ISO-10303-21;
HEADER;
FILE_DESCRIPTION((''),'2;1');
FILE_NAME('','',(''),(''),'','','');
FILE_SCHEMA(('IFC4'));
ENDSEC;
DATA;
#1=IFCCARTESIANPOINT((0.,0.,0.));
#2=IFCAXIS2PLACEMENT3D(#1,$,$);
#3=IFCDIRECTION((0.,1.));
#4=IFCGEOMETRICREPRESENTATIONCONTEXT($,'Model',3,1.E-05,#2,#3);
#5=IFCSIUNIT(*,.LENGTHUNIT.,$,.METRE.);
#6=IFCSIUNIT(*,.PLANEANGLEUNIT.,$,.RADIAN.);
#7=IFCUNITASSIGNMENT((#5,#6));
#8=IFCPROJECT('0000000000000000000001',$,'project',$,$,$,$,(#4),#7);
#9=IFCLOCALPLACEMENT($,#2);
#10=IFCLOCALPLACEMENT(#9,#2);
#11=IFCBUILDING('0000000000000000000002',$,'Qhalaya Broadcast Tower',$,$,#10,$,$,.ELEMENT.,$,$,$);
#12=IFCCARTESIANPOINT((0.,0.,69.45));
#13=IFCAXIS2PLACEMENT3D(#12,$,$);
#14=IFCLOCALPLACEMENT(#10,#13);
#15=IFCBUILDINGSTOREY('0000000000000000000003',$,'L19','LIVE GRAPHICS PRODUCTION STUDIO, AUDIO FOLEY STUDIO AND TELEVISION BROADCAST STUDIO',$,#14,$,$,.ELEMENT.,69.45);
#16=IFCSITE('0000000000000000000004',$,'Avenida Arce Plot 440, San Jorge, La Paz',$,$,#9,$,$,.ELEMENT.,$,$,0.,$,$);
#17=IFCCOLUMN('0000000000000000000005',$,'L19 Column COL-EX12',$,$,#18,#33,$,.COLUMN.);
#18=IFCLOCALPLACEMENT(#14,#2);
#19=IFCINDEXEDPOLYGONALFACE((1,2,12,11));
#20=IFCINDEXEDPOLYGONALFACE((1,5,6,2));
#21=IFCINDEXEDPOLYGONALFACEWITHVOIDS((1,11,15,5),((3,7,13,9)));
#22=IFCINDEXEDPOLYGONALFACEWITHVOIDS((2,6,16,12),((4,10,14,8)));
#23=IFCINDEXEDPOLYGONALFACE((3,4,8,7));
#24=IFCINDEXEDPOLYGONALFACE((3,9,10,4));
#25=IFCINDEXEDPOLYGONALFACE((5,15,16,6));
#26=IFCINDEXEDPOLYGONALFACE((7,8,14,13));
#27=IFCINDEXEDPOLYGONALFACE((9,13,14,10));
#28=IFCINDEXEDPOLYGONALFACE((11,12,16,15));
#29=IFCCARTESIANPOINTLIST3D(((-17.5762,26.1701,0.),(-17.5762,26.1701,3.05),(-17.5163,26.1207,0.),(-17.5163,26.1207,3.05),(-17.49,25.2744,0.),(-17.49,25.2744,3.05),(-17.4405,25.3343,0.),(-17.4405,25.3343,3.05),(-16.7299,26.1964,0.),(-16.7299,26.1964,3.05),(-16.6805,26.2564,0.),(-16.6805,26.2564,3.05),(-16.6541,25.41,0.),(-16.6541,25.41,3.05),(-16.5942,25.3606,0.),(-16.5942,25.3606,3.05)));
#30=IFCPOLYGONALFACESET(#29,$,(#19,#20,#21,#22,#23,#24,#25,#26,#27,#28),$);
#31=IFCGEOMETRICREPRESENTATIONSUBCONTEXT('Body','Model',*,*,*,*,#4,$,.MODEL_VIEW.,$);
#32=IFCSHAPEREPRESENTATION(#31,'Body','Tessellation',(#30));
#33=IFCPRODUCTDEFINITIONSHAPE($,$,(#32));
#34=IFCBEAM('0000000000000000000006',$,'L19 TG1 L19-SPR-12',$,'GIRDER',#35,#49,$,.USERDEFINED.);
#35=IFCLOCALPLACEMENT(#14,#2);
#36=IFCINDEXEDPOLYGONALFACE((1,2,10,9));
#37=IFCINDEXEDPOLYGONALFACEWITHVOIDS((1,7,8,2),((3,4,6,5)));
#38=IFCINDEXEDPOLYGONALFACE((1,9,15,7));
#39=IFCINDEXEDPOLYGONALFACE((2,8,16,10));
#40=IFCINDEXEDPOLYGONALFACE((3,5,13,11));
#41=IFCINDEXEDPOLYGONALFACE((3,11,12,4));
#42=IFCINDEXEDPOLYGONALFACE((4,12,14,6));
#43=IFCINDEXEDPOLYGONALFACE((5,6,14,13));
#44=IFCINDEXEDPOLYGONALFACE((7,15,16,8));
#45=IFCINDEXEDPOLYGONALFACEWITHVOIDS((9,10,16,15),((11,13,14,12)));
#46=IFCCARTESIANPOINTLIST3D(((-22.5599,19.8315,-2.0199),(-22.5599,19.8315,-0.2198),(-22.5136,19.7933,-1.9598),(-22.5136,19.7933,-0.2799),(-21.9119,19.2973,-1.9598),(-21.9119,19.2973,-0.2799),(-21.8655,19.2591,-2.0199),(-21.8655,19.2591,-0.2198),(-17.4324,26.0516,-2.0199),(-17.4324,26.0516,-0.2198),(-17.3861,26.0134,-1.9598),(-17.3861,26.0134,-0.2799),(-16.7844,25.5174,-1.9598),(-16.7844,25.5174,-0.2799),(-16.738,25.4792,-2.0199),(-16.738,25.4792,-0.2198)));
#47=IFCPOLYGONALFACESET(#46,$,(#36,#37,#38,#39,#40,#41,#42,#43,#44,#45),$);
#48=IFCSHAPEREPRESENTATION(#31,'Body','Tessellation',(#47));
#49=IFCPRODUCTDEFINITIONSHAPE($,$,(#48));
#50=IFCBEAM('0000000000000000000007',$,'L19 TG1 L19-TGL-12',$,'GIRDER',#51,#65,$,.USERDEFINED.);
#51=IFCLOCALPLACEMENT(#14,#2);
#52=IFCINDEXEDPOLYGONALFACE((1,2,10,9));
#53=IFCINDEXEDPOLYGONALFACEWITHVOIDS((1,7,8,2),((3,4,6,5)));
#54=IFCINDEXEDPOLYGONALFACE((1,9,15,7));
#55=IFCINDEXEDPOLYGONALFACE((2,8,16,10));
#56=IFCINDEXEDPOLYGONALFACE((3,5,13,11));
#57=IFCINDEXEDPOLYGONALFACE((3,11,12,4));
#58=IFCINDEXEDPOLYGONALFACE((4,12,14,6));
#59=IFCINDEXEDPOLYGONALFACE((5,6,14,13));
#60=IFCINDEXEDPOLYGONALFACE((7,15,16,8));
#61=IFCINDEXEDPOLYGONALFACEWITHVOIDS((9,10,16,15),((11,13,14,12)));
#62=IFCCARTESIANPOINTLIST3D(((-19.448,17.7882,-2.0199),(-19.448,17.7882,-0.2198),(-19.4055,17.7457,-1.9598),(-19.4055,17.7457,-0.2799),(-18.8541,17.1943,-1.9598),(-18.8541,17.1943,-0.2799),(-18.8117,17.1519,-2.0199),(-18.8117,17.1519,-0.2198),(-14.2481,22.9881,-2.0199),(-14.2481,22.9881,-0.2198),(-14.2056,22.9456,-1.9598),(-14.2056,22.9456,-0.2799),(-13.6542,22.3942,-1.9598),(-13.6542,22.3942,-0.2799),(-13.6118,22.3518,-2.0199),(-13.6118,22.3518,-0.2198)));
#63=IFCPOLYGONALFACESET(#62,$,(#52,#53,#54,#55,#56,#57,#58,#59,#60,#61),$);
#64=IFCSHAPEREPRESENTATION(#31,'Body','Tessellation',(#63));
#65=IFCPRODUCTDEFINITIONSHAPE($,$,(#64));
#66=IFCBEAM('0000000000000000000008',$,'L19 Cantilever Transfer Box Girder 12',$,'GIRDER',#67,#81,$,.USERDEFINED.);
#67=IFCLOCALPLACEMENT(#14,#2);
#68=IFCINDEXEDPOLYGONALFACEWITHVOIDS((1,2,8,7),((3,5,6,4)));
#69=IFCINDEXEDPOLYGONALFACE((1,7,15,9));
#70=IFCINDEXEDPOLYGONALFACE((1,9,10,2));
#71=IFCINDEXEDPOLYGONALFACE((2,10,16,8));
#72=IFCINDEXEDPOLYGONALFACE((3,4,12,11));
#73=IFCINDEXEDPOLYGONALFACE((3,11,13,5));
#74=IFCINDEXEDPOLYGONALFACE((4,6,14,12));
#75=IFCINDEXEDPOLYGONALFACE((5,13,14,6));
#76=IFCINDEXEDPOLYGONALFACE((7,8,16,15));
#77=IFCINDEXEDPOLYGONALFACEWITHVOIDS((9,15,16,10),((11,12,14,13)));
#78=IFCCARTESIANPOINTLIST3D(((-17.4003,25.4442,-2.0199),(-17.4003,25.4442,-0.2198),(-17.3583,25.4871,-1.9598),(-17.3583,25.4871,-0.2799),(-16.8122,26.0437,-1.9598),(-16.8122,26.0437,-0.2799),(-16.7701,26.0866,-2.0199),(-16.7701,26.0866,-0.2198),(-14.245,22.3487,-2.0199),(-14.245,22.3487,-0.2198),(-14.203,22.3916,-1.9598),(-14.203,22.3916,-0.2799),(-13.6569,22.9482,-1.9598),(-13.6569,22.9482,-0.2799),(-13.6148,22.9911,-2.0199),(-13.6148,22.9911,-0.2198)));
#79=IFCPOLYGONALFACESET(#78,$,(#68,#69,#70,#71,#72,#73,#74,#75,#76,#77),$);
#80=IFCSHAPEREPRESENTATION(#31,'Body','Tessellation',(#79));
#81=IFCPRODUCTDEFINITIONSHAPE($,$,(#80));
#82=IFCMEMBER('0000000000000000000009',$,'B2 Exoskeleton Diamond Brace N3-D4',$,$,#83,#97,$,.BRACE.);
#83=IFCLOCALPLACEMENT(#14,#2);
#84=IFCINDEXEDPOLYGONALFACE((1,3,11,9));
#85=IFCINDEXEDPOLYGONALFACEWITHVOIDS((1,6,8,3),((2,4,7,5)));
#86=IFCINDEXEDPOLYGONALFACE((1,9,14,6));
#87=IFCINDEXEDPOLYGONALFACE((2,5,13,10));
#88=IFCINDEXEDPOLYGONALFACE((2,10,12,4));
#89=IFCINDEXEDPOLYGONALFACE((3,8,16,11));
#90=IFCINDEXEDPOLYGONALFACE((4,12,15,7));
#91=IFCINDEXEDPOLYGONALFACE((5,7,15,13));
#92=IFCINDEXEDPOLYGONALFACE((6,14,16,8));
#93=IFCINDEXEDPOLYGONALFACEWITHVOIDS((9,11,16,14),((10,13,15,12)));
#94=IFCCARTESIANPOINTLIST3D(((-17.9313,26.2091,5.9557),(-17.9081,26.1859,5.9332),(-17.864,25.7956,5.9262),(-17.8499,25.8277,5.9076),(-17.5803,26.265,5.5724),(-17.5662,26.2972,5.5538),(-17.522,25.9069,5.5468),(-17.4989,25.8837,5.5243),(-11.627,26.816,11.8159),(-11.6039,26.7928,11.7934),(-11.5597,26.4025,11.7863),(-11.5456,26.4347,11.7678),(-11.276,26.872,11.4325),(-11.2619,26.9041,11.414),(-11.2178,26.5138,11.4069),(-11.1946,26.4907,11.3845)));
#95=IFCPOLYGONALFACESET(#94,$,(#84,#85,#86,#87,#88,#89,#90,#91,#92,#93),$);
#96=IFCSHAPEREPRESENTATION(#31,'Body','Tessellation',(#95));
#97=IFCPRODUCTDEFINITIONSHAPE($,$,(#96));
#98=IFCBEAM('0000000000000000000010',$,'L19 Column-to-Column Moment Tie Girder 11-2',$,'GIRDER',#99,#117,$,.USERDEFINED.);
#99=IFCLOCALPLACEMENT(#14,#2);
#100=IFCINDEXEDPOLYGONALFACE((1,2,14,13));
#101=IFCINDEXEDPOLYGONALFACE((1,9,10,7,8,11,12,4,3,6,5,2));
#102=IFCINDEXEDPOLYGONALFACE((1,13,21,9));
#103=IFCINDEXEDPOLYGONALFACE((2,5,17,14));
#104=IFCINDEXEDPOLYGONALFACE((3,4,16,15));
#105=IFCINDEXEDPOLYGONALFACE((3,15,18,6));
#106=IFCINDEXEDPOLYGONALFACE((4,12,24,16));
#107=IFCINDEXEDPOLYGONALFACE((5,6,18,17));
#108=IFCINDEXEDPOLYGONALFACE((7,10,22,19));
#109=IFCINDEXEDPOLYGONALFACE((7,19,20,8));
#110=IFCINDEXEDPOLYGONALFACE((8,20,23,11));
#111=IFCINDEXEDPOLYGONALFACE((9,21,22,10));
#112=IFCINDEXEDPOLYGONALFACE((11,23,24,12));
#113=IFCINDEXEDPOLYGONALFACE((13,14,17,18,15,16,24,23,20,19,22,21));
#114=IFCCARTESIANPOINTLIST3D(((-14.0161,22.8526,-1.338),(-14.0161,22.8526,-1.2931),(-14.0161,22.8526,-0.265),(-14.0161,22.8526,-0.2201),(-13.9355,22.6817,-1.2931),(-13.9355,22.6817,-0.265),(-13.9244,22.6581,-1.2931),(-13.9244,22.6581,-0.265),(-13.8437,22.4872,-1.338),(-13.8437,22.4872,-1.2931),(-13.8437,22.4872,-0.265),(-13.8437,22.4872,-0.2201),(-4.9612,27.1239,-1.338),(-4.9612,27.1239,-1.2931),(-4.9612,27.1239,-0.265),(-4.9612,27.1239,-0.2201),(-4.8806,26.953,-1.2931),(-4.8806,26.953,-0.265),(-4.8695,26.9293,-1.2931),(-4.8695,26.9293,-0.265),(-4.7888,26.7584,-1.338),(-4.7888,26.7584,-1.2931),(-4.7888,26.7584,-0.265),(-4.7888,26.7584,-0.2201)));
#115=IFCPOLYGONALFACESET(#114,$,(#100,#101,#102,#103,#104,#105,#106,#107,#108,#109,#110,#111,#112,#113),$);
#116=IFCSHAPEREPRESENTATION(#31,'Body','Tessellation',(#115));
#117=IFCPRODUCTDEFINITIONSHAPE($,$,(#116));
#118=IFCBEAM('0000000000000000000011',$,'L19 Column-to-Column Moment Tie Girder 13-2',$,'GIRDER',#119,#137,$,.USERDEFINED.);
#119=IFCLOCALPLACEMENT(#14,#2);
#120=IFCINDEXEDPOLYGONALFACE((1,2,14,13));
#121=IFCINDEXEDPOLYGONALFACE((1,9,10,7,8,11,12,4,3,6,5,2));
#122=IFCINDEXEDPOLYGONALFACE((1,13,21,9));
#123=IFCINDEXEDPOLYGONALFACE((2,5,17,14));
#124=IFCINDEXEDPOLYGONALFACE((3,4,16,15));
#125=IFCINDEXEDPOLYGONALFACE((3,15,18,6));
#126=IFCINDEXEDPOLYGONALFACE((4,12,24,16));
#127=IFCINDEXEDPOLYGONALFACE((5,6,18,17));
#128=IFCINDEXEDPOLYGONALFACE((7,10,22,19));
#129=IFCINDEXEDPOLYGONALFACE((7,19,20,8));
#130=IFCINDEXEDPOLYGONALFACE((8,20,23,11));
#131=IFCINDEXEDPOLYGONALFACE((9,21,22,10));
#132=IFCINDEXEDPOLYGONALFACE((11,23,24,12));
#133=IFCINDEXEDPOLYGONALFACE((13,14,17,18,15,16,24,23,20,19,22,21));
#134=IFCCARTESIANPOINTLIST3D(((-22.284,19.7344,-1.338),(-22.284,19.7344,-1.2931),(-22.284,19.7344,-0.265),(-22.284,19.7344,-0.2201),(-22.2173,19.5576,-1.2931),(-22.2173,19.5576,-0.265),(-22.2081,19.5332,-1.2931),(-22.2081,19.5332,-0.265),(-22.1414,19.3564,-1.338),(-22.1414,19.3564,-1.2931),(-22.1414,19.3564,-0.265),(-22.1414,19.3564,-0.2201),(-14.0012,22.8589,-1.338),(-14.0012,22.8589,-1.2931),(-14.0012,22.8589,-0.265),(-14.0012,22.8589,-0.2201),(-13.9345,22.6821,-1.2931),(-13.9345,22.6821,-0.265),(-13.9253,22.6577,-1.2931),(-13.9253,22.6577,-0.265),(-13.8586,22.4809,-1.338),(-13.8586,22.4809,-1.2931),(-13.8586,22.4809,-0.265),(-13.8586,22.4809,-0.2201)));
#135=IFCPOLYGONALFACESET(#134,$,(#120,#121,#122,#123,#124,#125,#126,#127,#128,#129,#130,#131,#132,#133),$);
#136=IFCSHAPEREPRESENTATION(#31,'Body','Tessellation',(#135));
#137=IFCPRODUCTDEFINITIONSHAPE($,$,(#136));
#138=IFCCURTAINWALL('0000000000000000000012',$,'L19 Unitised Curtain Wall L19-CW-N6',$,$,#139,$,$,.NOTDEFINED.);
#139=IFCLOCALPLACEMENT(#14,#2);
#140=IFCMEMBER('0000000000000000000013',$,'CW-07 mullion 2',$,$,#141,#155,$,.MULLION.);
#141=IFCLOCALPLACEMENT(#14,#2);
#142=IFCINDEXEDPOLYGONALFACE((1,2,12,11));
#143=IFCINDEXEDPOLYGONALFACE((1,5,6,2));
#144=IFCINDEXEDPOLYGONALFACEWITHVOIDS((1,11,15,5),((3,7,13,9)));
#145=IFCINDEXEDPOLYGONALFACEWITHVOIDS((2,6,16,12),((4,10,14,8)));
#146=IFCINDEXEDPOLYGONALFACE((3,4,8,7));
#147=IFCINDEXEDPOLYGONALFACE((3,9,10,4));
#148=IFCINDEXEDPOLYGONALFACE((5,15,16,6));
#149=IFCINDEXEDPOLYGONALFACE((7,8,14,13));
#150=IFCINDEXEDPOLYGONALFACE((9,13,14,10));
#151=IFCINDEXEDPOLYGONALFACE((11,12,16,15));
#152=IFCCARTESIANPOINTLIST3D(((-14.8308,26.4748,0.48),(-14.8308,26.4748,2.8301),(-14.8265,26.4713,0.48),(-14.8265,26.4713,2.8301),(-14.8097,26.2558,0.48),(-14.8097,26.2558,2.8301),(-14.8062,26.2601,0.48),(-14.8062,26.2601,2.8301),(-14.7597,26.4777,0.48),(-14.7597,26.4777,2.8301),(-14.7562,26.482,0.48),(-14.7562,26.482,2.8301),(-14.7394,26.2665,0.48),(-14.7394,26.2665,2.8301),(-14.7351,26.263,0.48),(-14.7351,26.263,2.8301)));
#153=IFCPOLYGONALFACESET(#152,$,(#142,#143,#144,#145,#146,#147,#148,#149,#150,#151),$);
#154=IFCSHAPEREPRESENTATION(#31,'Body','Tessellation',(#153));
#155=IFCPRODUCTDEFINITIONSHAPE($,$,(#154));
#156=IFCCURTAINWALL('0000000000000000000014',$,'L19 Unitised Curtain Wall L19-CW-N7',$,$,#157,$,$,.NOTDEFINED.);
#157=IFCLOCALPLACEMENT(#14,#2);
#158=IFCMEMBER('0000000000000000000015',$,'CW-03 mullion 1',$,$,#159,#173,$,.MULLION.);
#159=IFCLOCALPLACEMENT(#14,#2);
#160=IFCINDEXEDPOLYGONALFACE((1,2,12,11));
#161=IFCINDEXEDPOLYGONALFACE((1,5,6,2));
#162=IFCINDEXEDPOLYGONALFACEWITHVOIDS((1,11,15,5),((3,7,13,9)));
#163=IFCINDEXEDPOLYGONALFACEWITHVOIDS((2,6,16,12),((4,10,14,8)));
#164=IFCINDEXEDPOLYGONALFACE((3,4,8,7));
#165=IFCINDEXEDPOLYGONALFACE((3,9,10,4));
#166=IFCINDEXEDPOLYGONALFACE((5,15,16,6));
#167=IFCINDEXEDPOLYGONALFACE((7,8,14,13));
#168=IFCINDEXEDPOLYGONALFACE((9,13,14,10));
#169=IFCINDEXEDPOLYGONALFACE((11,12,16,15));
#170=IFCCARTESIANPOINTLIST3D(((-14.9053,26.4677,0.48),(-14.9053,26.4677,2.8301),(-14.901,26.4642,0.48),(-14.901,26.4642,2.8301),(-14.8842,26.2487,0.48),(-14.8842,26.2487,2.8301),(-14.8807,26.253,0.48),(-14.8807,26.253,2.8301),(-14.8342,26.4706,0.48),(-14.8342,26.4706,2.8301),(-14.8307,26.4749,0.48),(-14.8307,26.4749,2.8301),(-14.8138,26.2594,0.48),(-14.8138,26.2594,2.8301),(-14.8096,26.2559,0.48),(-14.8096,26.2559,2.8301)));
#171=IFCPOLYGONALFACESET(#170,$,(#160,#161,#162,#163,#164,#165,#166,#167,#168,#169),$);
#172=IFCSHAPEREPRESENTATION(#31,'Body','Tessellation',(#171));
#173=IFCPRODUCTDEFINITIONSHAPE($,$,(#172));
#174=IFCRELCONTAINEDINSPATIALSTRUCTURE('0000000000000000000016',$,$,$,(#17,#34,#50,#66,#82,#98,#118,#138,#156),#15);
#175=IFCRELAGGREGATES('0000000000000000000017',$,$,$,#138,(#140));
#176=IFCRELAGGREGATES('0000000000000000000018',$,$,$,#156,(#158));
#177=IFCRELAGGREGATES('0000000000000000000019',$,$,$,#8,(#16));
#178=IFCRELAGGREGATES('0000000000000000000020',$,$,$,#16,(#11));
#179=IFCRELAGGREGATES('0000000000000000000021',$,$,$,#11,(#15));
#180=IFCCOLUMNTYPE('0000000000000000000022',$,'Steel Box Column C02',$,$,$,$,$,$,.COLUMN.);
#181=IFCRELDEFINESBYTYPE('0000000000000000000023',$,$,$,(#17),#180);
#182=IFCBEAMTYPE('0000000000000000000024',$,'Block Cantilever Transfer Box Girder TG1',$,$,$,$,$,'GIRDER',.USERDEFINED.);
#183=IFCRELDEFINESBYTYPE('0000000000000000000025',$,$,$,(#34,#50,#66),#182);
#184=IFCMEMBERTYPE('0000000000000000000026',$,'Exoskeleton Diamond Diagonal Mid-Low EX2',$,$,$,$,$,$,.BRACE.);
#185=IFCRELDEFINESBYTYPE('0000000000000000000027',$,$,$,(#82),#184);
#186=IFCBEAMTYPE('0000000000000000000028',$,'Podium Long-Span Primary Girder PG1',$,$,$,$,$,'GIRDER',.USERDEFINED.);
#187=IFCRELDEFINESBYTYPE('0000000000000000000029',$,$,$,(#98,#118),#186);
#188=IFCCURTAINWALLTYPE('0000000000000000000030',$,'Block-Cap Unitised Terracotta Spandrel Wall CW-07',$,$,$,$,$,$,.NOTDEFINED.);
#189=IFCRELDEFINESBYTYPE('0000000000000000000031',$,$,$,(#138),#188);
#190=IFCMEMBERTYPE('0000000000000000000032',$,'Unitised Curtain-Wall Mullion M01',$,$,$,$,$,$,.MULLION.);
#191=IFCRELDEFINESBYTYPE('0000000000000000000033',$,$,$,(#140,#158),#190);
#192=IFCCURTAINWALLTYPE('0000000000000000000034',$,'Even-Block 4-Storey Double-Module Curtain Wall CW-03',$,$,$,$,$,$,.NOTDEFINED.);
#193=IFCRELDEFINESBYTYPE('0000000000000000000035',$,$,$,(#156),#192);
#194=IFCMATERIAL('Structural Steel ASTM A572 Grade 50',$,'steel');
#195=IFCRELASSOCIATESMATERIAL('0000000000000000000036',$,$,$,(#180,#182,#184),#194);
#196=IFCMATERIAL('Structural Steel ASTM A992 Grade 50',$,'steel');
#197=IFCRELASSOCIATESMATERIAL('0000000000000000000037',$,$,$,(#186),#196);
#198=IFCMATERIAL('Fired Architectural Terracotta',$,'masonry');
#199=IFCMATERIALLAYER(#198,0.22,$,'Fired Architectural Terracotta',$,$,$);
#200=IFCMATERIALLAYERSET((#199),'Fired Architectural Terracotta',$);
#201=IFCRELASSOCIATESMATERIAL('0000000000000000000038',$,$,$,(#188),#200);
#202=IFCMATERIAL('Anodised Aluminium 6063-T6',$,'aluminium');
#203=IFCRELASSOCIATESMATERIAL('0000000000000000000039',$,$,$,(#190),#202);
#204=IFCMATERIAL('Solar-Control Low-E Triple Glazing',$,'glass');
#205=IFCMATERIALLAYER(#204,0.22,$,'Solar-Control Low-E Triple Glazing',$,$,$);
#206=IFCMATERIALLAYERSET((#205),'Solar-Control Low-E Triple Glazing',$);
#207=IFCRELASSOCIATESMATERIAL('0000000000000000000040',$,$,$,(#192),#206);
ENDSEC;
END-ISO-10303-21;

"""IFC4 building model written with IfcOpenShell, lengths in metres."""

from ifc_helpers import new_model, si_unit, direction, frame, origin, origin_2d, place, context, subcontext, project, spatial, hollow_rectangle, i_section, extrude, material, layer, layer_set, material_profile, profile_set, type_object, element, aggregate, save


model = new_model("IFC4")

# Units and contexts
model_context = context("Model", 3, precision=1e-05, world=origin(), true_north=direction((0.0, 1.0)))
body_context = subcontext(model_context, "Body", "Model", "MODEL_VIEW")
ifc_project = project(units=[si_unit("LENGTHUNIT", "METRE"), si_unit("PLANEANGLEUNIT", "RADIAN")], contexts=[model_context])

# Site, building, storey
site_placement = place(None, origin())
site = spatial("IfcSite", under=ifc_project, at=site_placement, Name="Avenida Arce Plot 440, San Jorge, La Paz", CompositionType="ELEMENT", RefElevation=0.0)
building_placement = place(site_placement, origin())
building = spatial("IfcBuilding", under=site, at=building_placement, Name="Qhalaya Broadcast Tower", CompositionType="ELEMENT")
storey_placement = place(building_placement, frame((0.0, 0.0, 69.45)))
storey = spatial("IfcBuildingStorey", under=building, at=storey_placement, Name="L19", Description="LIVE GRAPHICS PRODUCTION STUDIO, AUDIO FOLEY STUDIO AND TELEVISION BROADCAST STUDIO", CompositionType="ELEMENT", Elevation=69.45)

# Column
ifc_material_1 = material(Name="Structural Steel ASTM A572 Grade 50", Category="steel")
ifc_material_profile_1 = material_profile(ifc_material_1, hollow_rectangle(XDim=0.8999, YDim=0.8999, WallThickness=0.0549, at=origin_2d()), Name="BOX 900x900x55")
ifc_profile_set_1 = profile_set([ifc_material_profile_1], Name="Structural Steel ASTM A572 Grade 50")
column_type = type_object("IfcColumnType", Name="Steel Box Column C02", PredefinedType="COLUMN", material=ifc_profile_set_1)
column_placement = place(storey_placement, frame((-17.0852, 25.7654, 0.0), z_axis=(0.0, 0.0, 1.0), x_axis=(0.995396, 0.095846, 0.0)))
element("IfcColumn", 1, at=column_placement, inside=storey, type_object=column_type, Name="L19 Column COL-EX12", PredefinedType="COLUMN", context=body_context, shape_type="SweptSolid", body=[
    extrude(hollow_rectangle(XDim=0.8999, YDim=0.8999, WallThickness=0.0549, at=origin_2d()), origin(), (0.0, 0.0, 1.0), 3.05),
])

# Beams
ifc_material_profile_2 = material_profile(ifc_material_1, hollow_rectangle(XDim=0.8999, YDim=1.8, WallThickness=0.0601, at=origin_2d()), Name="BOX 900x1800x60")
ifc_profile_set_2 = profile_set([ifc_material_profile_2], Name="Structural Steel ASTM A572 Grade 50")
beam_type_1 = type_object("IfcBeamType", Name="Block Cantilever Transfer Box Girder TG1", ElementType="GIRDER", PredefinedType="USERDEFINED", material=ifc_profile_set_2)
beam_1_placement = place(storey_placement, frame((-17.0852, 25.7654, -1.1199), z_axis=(-0.636085, -0.771619, 0.0), x_axis=(0.771619, -0.636085, 0.0)))
element("IfcBeam", 2, at=beam_1_placement, inside=storey, type_object=beam_type_1, Name="L19 TG1 L19-SPR-12", ObjectType="GIRDER", PredefinedType="USERDEFINED", context=body_context, shape_type="SweptSolid", body=[
    extrude(hollow_rectangle(XDim=0.8999, YDim=1.8, WallThickness=0.0601, at=origin_2d()), origin(), (0.0, 0.0, 1.0), 8.061),
])
beam_2_placement = place(storey_placement, frame((-13.9299, 22.6699, -1.1199), z_axis=(-0.707107, -0.707107, 0.0), x_axis=(0.707107, -0.707107, 0.0)))
element("IfcBeam", 3, at=beam_2_placement, inside=storey, type_object=beam_type_1, Name="L19 TG1 L19-TGL-12", ObjectType="GIRDER", PredefinedType="USERDEFINED", context=body_context, shape_type="SweptSolid", body=[
    extrude(hollow_rectangle(XDim=0.8999, YDim=1.8, WallThickness=0.0601, at=origin_2d()), origin(), (0.0, 0.0, 1.0), 7.3538),
])
beam_3_placement = place(storey_placement, frame((-13.9299, 22.6699, -1.1199), z_axis=(-0.713841, 0.700308, 0.0), x_axis=(-0.700308, -0.713841, 0.0)))
element("IfcBeam", 4, at=beam_3_placement, inside=storey, type_object=beam_type_1, Name="L19 Cantilever Transfer Box Girder 12", ObjectType="GIRDER", PredefinedType="USERDEFINED", context=body_context, shape_type="SweptSolid", body=[
    extrude(hollow_rectangle(XDim=0.8999, YDim=1.8, WallThickness=0.0601, at=origin_2d()), origin(), (0.0, 0.0, 1.0), 4.4202),
])

# Member
ifc_material_profile_3 = material_profile(ifc_material_1, hollow_rectangle(XDim=0.4199, YDim=0.55, WallThickness=0.0281, at=origin_2d()), Name="BOX 420x550x28")
ifc_profile_set_3 = profile_set([ifc_material_profile_3], Name="Structural Steel ASTM A572 Grade 50")
member_type_1 = type_object("IfcMemberType", Name="Exoskeleton Diamond Diagonal Mid-Low EX2", PredefinedType="BRACE", material=ifc_profile_set_3)
member_1_placement = place(storey_placement, frame((-17.7151, 26.0464, 5.74), z_axis=(0.73062, 0.07034, 0.679152), x_axis=(-0.160184, 0.984577, 0.070351)))
element("IfcMember", 5, at=member_1_placement, inside=storey, type_object=member_type_1, Name="B2 Exoskeleton Diamond Brace N3-D4", PredefinedType="BRACE", context=body_context, shape_type="SweptSolid", body=[
    extrude(hollow_rectangle(XDim=0.4199, YDim=0.55, WallThickness=0.0281, at=origin_2d()), origin(), (0.0, 0.0, 1.0), 8.6287),
])

# Beams
ifc_material_2 = material(Name="Structural Steel ASTM A992 Grade 50", Category="steel")
ifc_material_profile_4 = material_profile(ifc_material_2, i_section(OverallWidth=0.4041, OverallDepth=1.1179, WebThickness=0.0261, FlangeThickness=0.0449, at=origin_2d()), Name="W44X335")
ifc_profile_set_4 = profile_set([ifc_material_profile_4], Name="Structural Steel ASTM A992 Grade 50")
beam_type_2 = type_object("IfcBeamType", Name="Podium Long-Span Primary Girder PG1", ElementType="GIRDER", PredefinedType="USERDEFINED", material=ifc_profile_set_4)
beam_4_placement = place(storey_placement, frame((-13.9299, 22.6699, -0.7791), z_axis=(0.90443, 0.426622, 0.0), x_axis=(-0.426622, 0.90443, 0.0)))
element("IfcBeam", 6, at=beam_4_placement, inside=storey, type_object=beam_type_2, Name="L19 Column-to-Column Moment Tie Girder 11-2", ObjectType="GIRDER", PredefinedType="USERDEFINED", context=body_context, shape_type="SweptSolid", body=[
    extrude(i_section(OverallWidth=0.4041, OverallDepth=1.1179, WebThickness=0.0261, FlangeThickness=0.0449, at=origin_2d()), origin(), (0.0, 0.0, 1.0), 10.0117),
])
beam_5_placement = place(storey_placement, frame((-13.9299, 22.6699, -0.7791), z_axis=(-0.935641, -0.352954, 0.0), x_axis=(0.352954, -0.935641, 0.0)))
element("IfcBeam", 7, at=beam_5_placement, inside=storey, type_object=beam_type_2, Name="L19 Column-to-Column Moment Tie Girder 13-2", ObjectType="GIRDER", PredefinedType="USERDEFINED", context=body_context, shape_type="SweptSolid", body=[
    extrude(i_section(OverallWidth=0.4041, OverallDepth=1.1179, WebThickness=0.0261, FlangeThickness=0.0449, at=origin_2d()), origin(), (0.0, 0.0, 1.0), 8.8525),
])

# Curtain wall, member
ifc_material_3 = material(Name="Fired Architectural Terracotta", Category="masonry")
ifc_layer_1 = layer(ifc_material_3, 0.22, Name="Fired Architectural Terracotta")
ifc_layer_set_1 = layer_set([ifc_layer_1], Name="Fired Architectural Terracotta")
curtain_wall_type_1 = type_object("IfcCurtainWallType", Name="Block-Cap Unitised Terracotta Spandrel Wall CW-07", PredefinedType="NOTDEFINED", material=ifc_layer_set_1)
curtain_wall_1_placement = place(storey_placement, origin())
curtain_wall_1 = element("IfcCurtainWall", 8, at=curtain_wall_1_placement, inside=storey, type_object=curtain_wall_type_1, Name="L19 Unitised Curtain Wall L19-CW-N6", PredefinedType="NOTDEFINED")
ifc_material_4 = material(Name="Anodised Aluminium 6063-T6", Category="aluminium")
ifc_material_profile_5 = material_profile(ifc_material_4, hollow_rectangle(XDim=0.075, YDim=0.22, WallThickness=0.0039, at=origin_2d()), Name="ALU-MUL 75x220x4")
ifc_profile_set_5 = profile_set([ifc_material_profile_5], Name="Anodised Aluminium 6063-T6")
member_type_2 = type_object("IfcMemberType", Name="Unitised Curtain-Wall Mullion M01", PredefinedType="MULLION", material=ifc_profile_set_5)
member_2_placement = place(storey_placement, frame((-14.783, 26.3689, 0.48), z_axis=(0.0, 0.0, 1.0), x_axis=(-0.995396, -0.09585, 0.0)))
member_2 = element("IfcMember", 9, at=member_2_placement, type_object=member_type_2, Name="CW-07 mullion 2", PredefinedType="MULLION", context=body_context, shape_type="SweptSolid", body=[
    extrude(hollow_rectangle(XDim=0.075, YDim=0.22, WallThickness=0.0039, at=origin_2d()), origin(), (0.0, 0.0, 1.0), 2.3501),
])
aggregate(curtain_wall_1, [member_2])

# Curtain wall, member
ifc_material_5 = material(Name="Solar-Control Low-E Triple Glazing", Category="glass")
ifc_layer_2 = layer(ifc_material_5, 0.22, Name="Solar-Control Low-E Triple Glazing")
ifc_layer_set_2 = layer_set([ifc_layer_2], Name="Solar-Control Low-E Triple Glazing")
curtain_wall_type_2 = type_object("IfcCurtainWallType", Name="Even-Block 4-Storey Double-Module Curtain Wall CW-03", PredefinedType="NOTDEFINED", material=ifc_layer_set_2)
curtain_wall_2_placement = place(storey_placement, origin())
curtain_wall_2 = element("IfcCurtainWall", 10, at=curtain_wall_2_placement, inside=storey, type_object=curtain_wall_type_2, Name="L19 Unitised Curtain Wall L19-CW-N7", PredefinedType="NOTDEFINED")
member_3_placement = place(storey_placement, frame((-14.8574, 26.3618, 0.48), z_axis=(0.0, 0.0, 1.0), x_axis=(-0.995396, -0.095845, 0.0)))
member_3 = element("IfcMember", 11, at=member_3_placement, type_object=member_type_2, Name="CW-03 mullion 1", PredefinedType="MULLION", context=body_context, shape_type="SweptSolid", body=[
    extrude(hollow_rectangle(XDim=0.075, YDim=0.22, WallThickness=0.0039, at=origin_2d()), origin(), (0.0, 0.0, 1.0), 2.3501),
])

aggregate(curtain_wall_2, [member_3])

save(model, "model.ifc")
